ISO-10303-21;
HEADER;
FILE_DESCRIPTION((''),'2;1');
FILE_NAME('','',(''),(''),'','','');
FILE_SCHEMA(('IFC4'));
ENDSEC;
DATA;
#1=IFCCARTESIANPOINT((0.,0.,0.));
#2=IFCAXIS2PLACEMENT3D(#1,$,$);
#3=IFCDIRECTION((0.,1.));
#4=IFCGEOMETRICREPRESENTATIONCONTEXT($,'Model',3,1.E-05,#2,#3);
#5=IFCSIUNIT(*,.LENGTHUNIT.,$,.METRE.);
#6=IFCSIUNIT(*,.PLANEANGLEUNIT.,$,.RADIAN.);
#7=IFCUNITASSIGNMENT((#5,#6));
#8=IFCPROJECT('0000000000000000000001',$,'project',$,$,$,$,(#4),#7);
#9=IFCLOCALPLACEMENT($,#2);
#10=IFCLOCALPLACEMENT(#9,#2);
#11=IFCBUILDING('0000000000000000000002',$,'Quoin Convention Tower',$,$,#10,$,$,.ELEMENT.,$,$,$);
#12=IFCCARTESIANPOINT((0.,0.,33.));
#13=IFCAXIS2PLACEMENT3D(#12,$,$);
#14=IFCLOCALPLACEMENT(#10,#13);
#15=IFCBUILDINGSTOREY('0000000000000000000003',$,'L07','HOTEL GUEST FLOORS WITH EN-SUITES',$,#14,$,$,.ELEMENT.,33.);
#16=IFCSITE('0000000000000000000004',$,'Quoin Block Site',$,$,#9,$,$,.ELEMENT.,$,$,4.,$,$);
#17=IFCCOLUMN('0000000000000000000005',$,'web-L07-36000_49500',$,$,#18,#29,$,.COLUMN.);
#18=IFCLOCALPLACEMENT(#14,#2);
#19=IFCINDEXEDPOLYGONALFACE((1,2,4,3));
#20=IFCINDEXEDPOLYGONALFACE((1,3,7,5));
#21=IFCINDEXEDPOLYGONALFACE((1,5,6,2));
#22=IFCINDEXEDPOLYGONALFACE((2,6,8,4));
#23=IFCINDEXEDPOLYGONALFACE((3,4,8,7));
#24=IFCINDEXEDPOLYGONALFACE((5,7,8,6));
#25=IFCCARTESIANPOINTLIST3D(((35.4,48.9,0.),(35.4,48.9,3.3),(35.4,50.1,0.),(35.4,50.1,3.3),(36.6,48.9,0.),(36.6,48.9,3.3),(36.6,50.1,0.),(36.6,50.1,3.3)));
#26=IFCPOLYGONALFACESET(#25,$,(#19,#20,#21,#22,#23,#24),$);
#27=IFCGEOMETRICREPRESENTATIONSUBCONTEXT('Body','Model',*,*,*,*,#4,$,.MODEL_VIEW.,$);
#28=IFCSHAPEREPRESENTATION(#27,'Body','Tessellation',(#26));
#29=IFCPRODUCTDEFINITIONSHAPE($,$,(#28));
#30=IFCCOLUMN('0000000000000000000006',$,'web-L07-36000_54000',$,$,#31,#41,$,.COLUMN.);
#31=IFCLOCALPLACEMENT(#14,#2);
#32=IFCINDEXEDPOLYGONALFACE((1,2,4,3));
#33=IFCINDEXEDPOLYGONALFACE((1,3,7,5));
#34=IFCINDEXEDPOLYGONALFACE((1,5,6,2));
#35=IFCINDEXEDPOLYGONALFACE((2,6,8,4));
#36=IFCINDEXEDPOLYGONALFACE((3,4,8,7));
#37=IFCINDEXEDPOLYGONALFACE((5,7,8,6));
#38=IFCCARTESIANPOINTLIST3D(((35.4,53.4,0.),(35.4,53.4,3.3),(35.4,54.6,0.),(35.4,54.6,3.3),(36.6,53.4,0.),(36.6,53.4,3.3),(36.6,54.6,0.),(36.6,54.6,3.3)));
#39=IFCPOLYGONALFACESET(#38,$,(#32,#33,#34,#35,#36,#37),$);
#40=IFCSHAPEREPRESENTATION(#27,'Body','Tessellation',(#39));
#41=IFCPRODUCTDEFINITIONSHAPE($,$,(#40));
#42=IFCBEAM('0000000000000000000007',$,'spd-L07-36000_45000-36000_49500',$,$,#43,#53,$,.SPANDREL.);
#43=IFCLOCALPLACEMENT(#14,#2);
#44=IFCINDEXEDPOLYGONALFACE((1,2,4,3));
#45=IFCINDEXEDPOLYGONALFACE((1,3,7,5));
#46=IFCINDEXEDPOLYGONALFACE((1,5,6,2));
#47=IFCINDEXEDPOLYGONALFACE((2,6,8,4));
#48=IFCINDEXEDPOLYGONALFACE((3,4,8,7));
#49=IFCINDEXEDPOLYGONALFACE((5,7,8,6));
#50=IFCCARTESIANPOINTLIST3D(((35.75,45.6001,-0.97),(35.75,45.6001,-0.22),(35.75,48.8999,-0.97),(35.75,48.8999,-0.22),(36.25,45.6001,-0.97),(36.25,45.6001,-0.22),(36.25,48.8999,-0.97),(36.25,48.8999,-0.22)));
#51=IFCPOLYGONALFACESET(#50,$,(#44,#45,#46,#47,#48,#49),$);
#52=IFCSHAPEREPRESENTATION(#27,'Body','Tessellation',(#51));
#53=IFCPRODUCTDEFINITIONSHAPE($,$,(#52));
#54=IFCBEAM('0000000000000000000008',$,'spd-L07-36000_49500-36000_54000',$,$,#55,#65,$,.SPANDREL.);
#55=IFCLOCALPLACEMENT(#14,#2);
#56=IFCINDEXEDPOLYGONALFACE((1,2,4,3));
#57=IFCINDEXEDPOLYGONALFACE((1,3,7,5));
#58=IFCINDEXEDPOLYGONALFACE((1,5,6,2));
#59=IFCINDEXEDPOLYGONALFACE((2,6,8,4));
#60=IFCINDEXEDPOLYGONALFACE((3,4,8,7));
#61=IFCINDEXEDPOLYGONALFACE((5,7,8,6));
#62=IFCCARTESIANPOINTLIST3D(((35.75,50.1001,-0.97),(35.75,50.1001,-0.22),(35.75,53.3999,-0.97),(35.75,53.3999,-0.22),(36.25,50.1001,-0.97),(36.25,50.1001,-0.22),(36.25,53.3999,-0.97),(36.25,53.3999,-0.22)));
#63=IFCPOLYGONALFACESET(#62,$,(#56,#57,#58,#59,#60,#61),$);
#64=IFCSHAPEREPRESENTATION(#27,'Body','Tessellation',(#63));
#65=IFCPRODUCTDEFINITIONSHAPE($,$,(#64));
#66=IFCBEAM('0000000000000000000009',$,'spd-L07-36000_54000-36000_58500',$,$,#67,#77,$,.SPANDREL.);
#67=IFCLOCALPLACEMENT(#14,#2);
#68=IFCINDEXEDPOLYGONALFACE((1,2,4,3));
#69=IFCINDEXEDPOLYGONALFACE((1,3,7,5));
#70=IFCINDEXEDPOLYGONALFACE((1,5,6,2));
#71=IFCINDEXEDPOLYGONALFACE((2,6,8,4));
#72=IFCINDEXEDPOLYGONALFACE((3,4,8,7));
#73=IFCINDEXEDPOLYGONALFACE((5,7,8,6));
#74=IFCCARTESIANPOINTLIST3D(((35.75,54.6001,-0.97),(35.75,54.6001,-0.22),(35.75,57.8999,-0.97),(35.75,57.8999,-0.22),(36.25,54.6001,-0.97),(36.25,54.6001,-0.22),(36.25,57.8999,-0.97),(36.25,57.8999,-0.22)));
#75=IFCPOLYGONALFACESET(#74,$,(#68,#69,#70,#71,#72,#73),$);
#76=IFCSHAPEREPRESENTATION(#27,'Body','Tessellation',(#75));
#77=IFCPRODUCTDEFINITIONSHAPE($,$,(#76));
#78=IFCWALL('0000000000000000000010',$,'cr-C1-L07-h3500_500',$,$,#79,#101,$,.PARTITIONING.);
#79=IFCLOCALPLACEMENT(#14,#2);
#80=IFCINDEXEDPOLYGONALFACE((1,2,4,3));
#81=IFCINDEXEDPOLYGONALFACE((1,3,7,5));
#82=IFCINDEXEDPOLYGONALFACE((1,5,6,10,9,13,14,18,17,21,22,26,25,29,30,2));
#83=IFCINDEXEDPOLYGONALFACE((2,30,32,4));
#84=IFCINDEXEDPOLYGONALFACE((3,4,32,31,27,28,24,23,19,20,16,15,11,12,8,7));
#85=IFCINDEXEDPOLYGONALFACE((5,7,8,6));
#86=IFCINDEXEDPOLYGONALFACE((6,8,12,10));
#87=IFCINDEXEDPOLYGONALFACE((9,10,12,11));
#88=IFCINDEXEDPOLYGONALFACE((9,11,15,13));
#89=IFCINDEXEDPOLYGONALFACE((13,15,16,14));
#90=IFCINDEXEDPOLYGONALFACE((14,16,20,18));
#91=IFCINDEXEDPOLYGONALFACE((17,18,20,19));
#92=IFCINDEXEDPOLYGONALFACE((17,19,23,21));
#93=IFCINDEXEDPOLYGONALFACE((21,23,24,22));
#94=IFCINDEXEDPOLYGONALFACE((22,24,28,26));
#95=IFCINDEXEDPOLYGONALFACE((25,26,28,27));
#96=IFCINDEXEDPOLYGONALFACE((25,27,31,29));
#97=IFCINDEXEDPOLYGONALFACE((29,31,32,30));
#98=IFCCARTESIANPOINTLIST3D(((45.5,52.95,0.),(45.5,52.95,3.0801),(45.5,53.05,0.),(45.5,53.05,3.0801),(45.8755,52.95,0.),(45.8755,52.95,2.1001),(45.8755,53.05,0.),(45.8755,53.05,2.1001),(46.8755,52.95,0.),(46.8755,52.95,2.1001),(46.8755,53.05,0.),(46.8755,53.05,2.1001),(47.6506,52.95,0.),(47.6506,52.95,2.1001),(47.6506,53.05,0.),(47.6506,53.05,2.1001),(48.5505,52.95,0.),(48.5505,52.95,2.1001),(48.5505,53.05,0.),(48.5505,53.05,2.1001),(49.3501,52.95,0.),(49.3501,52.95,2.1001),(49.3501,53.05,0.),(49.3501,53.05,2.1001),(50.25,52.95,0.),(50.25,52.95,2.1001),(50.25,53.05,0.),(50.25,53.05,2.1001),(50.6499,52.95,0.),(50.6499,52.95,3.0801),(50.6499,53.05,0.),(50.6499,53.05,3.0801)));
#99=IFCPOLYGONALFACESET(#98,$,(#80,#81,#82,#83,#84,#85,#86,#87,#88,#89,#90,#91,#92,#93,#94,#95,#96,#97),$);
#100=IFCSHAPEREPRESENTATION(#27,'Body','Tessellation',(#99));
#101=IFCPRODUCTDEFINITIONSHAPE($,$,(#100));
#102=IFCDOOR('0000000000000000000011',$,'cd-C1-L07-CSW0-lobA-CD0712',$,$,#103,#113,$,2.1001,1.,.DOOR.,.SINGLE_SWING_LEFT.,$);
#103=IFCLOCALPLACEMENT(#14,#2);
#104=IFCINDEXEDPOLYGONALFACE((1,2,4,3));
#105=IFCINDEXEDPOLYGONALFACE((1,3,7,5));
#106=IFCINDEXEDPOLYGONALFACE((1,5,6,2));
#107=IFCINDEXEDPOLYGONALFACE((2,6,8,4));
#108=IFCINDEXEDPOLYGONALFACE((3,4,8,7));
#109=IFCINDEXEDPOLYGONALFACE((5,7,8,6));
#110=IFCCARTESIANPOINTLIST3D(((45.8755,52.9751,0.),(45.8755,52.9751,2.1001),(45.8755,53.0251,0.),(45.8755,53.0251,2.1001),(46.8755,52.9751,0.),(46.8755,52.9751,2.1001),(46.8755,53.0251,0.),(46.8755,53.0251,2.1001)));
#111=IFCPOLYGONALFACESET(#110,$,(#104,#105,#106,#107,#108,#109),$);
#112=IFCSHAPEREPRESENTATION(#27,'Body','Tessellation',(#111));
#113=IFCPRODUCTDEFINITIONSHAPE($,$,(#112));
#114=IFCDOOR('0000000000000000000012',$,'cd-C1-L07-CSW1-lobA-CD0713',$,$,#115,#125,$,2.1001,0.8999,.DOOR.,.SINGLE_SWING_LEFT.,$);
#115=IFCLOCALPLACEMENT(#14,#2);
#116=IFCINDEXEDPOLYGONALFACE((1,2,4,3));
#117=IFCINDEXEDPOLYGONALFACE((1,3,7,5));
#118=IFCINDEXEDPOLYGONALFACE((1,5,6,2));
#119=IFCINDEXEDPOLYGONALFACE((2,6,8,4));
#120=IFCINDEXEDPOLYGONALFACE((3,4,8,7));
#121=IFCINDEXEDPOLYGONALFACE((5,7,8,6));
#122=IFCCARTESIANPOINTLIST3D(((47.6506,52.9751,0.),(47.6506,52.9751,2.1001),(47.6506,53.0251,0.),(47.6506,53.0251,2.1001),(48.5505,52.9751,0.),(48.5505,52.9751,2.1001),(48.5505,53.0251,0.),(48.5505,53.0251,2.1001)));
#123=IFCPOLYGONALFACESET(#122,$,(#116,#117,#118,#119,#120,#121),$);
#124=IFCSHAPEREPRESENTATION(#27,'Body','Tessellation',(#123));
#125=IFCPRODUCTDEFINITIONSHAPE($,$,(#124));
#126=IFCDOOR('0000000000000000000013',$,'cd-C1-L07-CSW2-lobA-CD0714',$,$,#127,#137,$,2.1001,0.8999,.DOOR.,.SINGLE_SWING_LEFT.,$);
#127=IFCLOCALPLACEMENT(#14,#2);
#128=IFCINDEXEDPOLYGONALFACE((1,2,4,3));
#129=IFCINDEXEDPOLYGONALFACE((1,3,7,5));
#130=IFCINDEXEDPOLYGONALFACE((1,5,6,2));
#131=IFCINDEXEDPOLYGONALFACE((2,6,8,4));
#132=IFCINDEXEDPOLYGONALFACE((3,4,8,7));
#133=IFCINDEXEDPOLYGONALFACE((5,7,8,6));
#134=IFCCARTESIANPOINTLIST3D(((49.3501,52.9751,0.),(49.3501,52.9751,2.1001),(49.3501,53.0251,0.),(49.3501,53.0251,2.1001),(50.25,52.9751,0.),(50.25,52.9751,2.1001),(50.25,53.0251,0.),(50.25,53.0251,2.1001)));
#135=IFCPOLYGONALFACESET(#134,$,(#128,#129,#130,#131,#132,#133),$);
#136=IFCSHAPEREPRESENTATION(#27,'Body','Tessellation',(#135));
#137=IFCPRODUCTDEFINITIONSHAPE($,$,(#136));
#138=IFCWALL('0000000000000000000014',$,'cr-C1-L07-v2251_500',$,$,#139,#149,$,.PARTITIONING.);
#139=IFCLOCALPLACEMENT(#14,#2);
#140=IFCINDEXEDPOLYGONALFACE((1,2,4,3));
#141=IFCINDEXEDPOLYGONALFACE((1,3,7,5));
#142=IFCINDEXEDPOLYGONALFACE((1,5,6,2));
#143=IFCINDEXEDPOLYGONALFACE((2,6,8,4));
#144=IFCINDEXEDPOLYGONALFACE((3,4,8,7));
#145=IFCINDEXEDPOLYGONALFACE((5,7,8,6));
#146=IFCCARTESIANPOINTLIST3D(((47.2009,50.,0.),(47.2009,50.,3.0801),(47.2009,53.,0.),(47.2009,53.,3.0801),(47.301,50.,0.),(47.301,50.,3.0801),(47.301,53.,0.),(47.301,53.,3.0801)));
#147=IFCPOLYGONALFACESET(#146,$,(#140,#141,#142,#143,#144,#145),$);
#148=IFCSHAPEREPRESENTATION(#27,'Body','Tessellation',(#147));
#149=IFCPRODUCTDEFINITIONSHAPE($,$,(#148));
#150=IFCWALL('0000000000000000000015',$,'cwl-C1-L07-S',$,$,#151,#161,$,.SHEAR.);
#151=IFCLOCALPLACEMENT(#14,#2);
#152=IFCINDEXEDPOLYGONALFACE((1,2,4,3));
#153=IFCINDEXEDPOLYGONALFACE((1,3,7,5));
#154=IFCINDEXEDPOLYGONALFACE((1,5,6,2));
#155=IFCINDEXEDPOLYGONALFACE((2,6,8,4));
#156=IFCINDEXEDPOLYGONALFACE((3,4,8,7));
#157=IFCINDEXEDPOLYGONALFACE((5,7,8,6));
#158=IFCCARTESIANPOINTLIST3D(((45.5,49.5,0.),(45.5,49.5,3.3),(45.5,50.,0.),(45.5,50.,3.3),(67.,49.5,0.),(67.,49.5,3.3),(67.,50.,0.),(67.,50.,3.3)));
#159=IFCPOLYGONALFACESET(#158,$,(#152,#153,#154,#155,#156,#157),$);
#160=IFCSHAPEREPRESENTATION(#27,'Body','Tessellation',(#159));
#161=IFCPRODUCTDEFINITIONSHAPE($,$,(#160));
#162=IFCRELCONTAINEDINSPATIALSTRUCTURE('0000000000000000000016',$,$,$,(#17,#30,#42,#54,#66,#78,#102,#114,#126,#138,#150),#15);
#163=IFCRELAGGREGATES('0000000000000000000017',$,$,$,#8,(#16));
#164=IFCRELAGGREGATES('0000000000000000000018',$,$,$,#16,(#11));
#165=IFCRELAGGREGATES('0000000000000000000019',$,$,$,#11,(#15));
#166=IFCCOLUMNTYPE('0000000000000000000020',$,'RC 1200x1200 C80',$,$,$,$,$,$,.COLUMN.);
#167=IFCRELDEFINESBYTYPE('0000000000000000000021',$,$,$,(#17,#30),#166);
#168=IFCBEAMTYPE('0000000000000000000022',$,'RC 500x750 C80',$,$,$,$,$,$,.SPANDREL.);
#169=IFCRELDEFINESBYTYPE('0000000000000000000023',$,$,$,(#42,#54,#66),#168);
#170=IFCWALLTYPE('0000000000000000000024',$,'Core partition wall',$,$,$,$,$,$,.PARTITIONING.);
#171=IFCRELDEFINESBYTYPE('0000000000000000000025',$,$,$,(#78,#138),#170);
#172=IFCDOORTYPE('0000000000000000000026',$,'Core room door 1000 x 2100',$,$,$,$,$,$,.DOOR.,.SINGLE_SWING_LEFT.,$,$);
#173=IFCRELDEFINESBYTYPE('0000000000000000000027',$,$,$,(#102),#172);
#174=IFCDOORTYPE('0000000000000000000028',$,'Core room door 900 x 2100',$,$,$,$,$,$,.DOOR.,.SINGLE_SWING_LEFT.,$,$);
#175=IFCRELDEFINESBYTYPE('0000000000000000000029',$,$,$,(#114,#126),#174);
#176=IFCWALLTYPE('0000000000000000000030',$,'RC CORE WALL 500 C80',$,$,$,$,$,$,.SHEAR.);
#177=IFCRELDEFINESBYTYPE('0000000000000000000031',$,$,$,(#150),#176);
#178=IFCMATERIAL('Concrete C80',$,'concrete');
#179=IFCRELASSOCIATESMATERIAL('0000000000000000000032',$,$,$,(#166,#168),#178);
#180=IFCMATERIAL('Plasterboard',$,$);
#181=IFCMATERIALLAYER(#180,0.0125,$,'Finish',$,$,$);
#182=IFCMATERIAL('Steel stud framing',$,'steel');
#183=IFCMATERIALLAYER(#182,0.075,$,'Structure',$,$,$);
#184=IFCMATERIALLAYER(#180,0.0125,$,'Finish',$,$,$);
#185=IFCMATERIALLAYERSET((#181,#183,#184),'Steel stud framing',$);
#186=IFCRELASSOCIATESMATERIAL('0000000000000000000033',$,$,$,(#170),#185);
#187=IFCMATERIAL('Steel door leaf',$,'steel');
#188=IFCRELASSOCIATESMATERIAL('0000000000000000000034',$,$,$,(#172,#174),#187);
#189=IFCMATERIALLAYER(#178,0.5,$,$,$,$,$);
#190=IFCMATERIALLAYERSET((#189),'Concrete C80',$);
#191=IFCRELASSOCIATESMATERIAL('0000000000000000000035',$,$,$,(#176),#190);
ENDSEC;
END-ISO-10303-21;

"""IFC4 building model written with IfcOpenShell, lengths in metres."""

from ifc_helpers import new_model, si_unit, direction, frame, frame_2d, origin, origin_2d, place, context, subcontext, project, spatial, rectangle, extrude, material, layer, layer_set, material_profile, profile_set, type_object, element, fill, save


model = new_model("IFC4")

# Units and contexts
model_context = context("Model", 3, precision=1e-05, world=origin(), true_north=direction((0.0, 1.0)))
body_context = subcontext(model_context, "Body", "Model", "MODEL_VIEW")
ifc_project = project(units=[si_unit("LENGTHUNIT", "METRE"), si_unit("PLANEANGLEUNIT", "RADIAN")], contexts=[model_context])

# Site, building, storey
site_placement = place(None, origin())
site = spatial("IfcSite", under=ifc_project, at=site_placement, Name="Quoin Block Site", CompositionType="ELEMENT", RefElevation=4.0)
building_placement = place(site_placement, origin())
building = spatial("IfcBuilding", under=site, at=building_placement, Name="Quoin Convention Tower", CompositionType="ELEMENT")
storey_placement = place(building_placement, frame((0.0, 0.0, 33.0)))
storey = spatial("IfcBuildingStorey", under=building, at=storey_placement, Name="L07", Description="HOTEL GUEST FLOORS WITH EN-SUITES", CompositionType="ELEMENT", Elevation=33.0)

# Columns
ifc_material_1 = material(Name="Concrete C80", Category="concrete")
ifc_material_profile_1 = material_profile(ifc_material_1, rectangle(XDim=1.2, YDim=1.2, at=origin_2d()), Name="RC 1200x1200")
ifc_profile_set_1 = profile_set([ifc_material_profile_1], Name="Concrete C80")
column_type = type_object("IfcColumnType", Name="RC 1200x1200 C80", PredefinedType="COLUMN", material=ifc_profile_set_1)
for number, where, z_axis, x_axis, name in (
    (1, (36.0, 49.5, 0.0), (0.0, 0.0, 1.0), (1.0, 0.0, 0.0), "web-L07-36000_49500"),
    (2, (36.0, 54.0, 0.0), (0.0, 0.0, 1.0), (1.0, 0.0, 0.0), "web-L07-36000_54000"),
):
    element("IfcColumn", number, at=place(storey_placement, frame(where, z_axis=z_axis, x_axis=x_axis)), inside=storey, type_object=column_type, Name=name, PredefinedType="COLUMN", context=body_context, shape_type="SweptSolid", body=[
        extrude(rectangle(XDim=1.2, YDim=1.2, at=origin_2d()), origin(), (0.0, 0.0, 1.0), 3.3),
    ])

# Beams
ifc_material_profile_2 = material_profile(ifc_material_1, rectangle(XDim=0.5, YDim=0.75, at=origin_2d()), Name="RC 500x750")
ifc_profile_set_2 = profile_set([ifc_material_profile_2], Name="Concrete C80")
beam_type = type_object("IfcBeamType", Name="RC 500x750 C80", PredefinedType="SPANDREL", material=ifc_profile_set_2)
for number, where, z_axis, x_axis, name in (
    (3, (36.0, 45.6001, -0.595), (0.0, 1.0, 0.0), (-1.0, 0.0, 0.0), "spd-L07-36000_45000-36000_49500"),
    (4, (36.0, 50.1001, -0.595), (0.0, 1.0, 0.0), (-1.0, 0.0, 0.0), "spd-L07-36000_49500-36000_54000"),
    (5, (36.0, 54.6001, -0.595), (0.0, 1.0, 0.0), (-1.0, 0.0, 0.0), "spd-L07-36000_54000-36000_58500"),
):
    element("IfcBeam", number, at=place(storey_placement, frame(where, z_axis=z_axis, x_axis=x_axis)), inside=storey, type_object=beam_type, Name=name, PredefinedType="SPANDREL", context=body_context, shape_type="SweptSolid", body=[
        extrude(rectangle(XDim=0.5, YDim=0.75, at=origin_2d()), origin(), (0.0, 0.0, 1.0), 3.2998),
    ])

# Wall, openings, doors
ifc_material_2 = material(Name="Plasterboard")
ifc_layer_1 = layer(ifc_material_2, 0.0125, Name="Finish")
ifc_material_3 = material(Name="Steel stud framing", Category="steel")
ifc_layer_2 = layer(ifc_material_3, 0.075, Name="Structure")
ifc_layer_3 = layer(ifc_material_2, 0.0125, Name="Finish")
ifc_layer_set_1 = layer_set([ifc_layer_1, ifc_layer_2, ifc_layer_3], Name="Steel stud framing")
wall_type_1 = type_object("IfcWallType", Name="Core partition wall", PredefinedType="PARTITIONING", material=ifc_layer_set_1)
wall_1_placement = place(storey_placement, frame((45.5, 53.0, 0.0), z_axis=(0.0, 0.0, 1.0), x_axis=(1.0, 0.0, 0.0)))
wall_1 = element("IfcWall", 6, at=wall_1_placement, inside=storey, type_object=wall_type_1, Name="cr-C1-L07-h3500_500", PredefinedType="PARTITIONING", context=body_context, shape_type="SweptSolid", body=[
    extrude(rectangle(XDim=5.1499, YDim=0.1001, at=frame_2d((2.575, 0.0))), origin(), (0.0, 0.0, 1.0), 3.0801),
])
opening_1_placement = place(wall_1_placement, frame((0.3755, 0.0, 0.0)))
opening_1 = element("IfcOpeningElement", 7, at=opening_1_placement, cuts=wall_1, PredefinedType="OPENING", context=body_context, shape_type="SweptSolid", body=[
    extrude(rectangle(XDim=1.0, YDim=2.1001, at=frame_2d((0.5, 1.05))), frame((0.0, 0.0601, 0.0), z_axis=(0.0, -1.0, 0.0), x_axis=(1.0, 0.0, 0.0)), (0.0, 0.0, 1.0), 0.1201),
])
opening_2_placement = place(wall_1_placement, frame((2.1506, 0.0, 0.0)))
opening_2 = element("IfcOpeningElement", 8, at=opening_2_placement, cuts=wall_1, PredefinedType="OPENING", context=body_context, shape_type="SweptSolid", body=[
    extrude(rectangle(XDim=0.8999, YDim=2.1001, at=frame_2d((0.45, 1.05))), frame((0.0, 0.0601, 0.0), z_axis=(0.0, -1.0, 0.0), x_axis=(1.0, 0.0, 0.0)), (0.0, 0.0, 1.0), 0.1201),
])
opening_3_placement = place(wall_1_placement, frame((3.8501, 0.0, 0.0)))
opening_3 = element("IfcOpeningElement", 9, at=opening_3_placement, cuts=wall_1, PredefinedType="OPENING", context=body_context, shape_type="SweptSolid", body=[
    extrude(rectangle(XDim=0.8999, YDim=2.1001, at=frame_2d((0.45, 1.05))), frame((0.0, 0.0601, 0.0), z_axis=(0.0, -1.0, 0.0), x_axis=(1.0, 0.0, 0.0)), (0.0, 0.0, 1.0), 0.1201),
])
ifc_material_4 = material(Name="Steel door leaf", Category="steel")
door_type_1 = type_object("IfcDoorType", Name="Core room door 1000 x 2100", OperationType="SINGLE_SWING_LEFT", PredefinedType="DOOR", material=ifc_material_4)
door_1_placement = place(opening_1_placement, frame((1.0, 0.0, 0.0), z_axis=(0.0, 0.0, 1.0), x_axis=(-1.0, 0.0, 0.0)))
door_1 = element("IfcDoor", 10, at=door_1_placement, inside=storey, type_object=door_type_1, Name="cd-C1-L07-CSW0-lobA-CD0712", OperationType="SINGLE_SWING_LEFT", OverallHeight=2.1001, OverallWidth=1.0, PredefinedType="DOOR", context=body_context, shape_type="SweptSolid", body=[
    extrude(rectangle(XDim=1.0, YDim=2.1001, at=frame_2d((0.5, 1.05))), frame((0.0, 0.0249, 0.0), z_axis=(0.0, -1.0, 0.0), x_axis=(1.0, 0.0, 0.0)), (0.0, 0.0, 1.0), 0.05),
])
fill(opening_1, door_1)
door_type_2 = type_object("IfcDoorType", Name="Core room door 900 x 2100", OperationType="SINGLE_SWING_LEFT", PredefinedType="DOOR", material=ifc_material_4)
door_2_placement = place(opening_2_placement, frame((0.8999, 0.0, 0.0), z_axis=(0.0, 0.0, 1.0), x_axis=(-1.0, 0.0, 0.0)))
door_2 = element("IfcDoor", 11, at=door_2_placement, inside=storey, type_object=door_type_2, Name="cd-C1-L07-CSW1-lobA-CD0713", OperationType="SINGLE_SWING_LEFT", OverallHeight=2.1001, OverallWidth=0.8999, PredefinedType="DOOR", context=body_context, shape_type="SweptSolid", body=[
    extrude(rectangle(XDim=0.8999, YDim=2.1001, at=frame_2d((0.45, 1.05))), frame((0.0, 0.0249, 0.0), z_axis=(0.0, -1.0, 0.0), x_axis=(1.0, 0.0, 0.0)), (0.0, 0.0, 1.0), 0.05),
])
fill(opening_2, door_2)
door_3_placement = place(opening_3_placement, frame((0.8999, 0.0, 0.0), z_axis=(0.0, 0.0, 1.0), x_axis=(-1.0, 0.0, 0.0)))
door_3 = element("IfcDoor", 12, at=door_3_placement, inside=storey, type_object=door_type_2, Name="cd-C1-L07-CSW2-lobA-CD0714", OperationType="SINGLE_SWING_LEFT", OverallHeight=2.1001, OverallWidth=0.8999, PredefinedType="DOOR", context=body_context, shape_type="SweptSolid", body=[
    extrude(rectangle(XDim=0.8999, YDim=2.1001, at=frame_2d((0.45, 1.05))), frame((0.0, 0.0249, 0.0), z_axis=(0.0, -1.0, 0.0), x_axis=(1.0, 0.0, 0.0)), (0.0, 0.0, 1.0), 0.05),
])
fill(opening_3, door_3)

# Walls
wall_2_placement = place(storey_placement, frame((47.251, 50.0, 0.0), z_axis=(0.0, 0.0, 1.0), x_axis=(0.0, 1.0, 0.0)))
element("IfcWall", 13, at=wall_2_placement, inside=storey, type_object=wall_type_1, Name="cr-C1-L07-v2251_500", PredefinedType="PARTITIONING", context=body_context, shape_type="SweptSolid", body=[
    extrude(rectangle(XDim=3.0, YDim=0.1001, at=frame_2d((1.5, 0.0))), origin(), (0.0, 0.0, 1.0), 3.0801),
])
ifc_layer_4 = layer(ifc_material_1, 0.5)
ifc_layer_set_2 = layer_set([ifc_layer_4], Name="Concrete C80")
wall_type_2 = type_object("IfcWallType", Name="RC CORE WALL 500 C80", PredefinedType="SHEAR", material=ifc_layer_set_2)
wall_3_placement = place(storey_placement, frame((45.5, 49.75, 0.0), z_axis=(0.0, 0.0, 1.0), x_axis=(1.0, 0.0, 0.0)))
element("IfcWall", 14, at=wall_3_placement, inside=storey, type_object=wall_type_2, Name="cwl-C1-L07-S", PredefinedType="SHEAR", context=body_context, shape_type="SweptSolid", body=[
    extrude(rectangle(XDim=21.5, YDim=0.5, at=frame_2d((10.75, 0.0))), origin(), (0.0, 0.0, 1.0), 3.3),
])

save(model, "model.ifc")
